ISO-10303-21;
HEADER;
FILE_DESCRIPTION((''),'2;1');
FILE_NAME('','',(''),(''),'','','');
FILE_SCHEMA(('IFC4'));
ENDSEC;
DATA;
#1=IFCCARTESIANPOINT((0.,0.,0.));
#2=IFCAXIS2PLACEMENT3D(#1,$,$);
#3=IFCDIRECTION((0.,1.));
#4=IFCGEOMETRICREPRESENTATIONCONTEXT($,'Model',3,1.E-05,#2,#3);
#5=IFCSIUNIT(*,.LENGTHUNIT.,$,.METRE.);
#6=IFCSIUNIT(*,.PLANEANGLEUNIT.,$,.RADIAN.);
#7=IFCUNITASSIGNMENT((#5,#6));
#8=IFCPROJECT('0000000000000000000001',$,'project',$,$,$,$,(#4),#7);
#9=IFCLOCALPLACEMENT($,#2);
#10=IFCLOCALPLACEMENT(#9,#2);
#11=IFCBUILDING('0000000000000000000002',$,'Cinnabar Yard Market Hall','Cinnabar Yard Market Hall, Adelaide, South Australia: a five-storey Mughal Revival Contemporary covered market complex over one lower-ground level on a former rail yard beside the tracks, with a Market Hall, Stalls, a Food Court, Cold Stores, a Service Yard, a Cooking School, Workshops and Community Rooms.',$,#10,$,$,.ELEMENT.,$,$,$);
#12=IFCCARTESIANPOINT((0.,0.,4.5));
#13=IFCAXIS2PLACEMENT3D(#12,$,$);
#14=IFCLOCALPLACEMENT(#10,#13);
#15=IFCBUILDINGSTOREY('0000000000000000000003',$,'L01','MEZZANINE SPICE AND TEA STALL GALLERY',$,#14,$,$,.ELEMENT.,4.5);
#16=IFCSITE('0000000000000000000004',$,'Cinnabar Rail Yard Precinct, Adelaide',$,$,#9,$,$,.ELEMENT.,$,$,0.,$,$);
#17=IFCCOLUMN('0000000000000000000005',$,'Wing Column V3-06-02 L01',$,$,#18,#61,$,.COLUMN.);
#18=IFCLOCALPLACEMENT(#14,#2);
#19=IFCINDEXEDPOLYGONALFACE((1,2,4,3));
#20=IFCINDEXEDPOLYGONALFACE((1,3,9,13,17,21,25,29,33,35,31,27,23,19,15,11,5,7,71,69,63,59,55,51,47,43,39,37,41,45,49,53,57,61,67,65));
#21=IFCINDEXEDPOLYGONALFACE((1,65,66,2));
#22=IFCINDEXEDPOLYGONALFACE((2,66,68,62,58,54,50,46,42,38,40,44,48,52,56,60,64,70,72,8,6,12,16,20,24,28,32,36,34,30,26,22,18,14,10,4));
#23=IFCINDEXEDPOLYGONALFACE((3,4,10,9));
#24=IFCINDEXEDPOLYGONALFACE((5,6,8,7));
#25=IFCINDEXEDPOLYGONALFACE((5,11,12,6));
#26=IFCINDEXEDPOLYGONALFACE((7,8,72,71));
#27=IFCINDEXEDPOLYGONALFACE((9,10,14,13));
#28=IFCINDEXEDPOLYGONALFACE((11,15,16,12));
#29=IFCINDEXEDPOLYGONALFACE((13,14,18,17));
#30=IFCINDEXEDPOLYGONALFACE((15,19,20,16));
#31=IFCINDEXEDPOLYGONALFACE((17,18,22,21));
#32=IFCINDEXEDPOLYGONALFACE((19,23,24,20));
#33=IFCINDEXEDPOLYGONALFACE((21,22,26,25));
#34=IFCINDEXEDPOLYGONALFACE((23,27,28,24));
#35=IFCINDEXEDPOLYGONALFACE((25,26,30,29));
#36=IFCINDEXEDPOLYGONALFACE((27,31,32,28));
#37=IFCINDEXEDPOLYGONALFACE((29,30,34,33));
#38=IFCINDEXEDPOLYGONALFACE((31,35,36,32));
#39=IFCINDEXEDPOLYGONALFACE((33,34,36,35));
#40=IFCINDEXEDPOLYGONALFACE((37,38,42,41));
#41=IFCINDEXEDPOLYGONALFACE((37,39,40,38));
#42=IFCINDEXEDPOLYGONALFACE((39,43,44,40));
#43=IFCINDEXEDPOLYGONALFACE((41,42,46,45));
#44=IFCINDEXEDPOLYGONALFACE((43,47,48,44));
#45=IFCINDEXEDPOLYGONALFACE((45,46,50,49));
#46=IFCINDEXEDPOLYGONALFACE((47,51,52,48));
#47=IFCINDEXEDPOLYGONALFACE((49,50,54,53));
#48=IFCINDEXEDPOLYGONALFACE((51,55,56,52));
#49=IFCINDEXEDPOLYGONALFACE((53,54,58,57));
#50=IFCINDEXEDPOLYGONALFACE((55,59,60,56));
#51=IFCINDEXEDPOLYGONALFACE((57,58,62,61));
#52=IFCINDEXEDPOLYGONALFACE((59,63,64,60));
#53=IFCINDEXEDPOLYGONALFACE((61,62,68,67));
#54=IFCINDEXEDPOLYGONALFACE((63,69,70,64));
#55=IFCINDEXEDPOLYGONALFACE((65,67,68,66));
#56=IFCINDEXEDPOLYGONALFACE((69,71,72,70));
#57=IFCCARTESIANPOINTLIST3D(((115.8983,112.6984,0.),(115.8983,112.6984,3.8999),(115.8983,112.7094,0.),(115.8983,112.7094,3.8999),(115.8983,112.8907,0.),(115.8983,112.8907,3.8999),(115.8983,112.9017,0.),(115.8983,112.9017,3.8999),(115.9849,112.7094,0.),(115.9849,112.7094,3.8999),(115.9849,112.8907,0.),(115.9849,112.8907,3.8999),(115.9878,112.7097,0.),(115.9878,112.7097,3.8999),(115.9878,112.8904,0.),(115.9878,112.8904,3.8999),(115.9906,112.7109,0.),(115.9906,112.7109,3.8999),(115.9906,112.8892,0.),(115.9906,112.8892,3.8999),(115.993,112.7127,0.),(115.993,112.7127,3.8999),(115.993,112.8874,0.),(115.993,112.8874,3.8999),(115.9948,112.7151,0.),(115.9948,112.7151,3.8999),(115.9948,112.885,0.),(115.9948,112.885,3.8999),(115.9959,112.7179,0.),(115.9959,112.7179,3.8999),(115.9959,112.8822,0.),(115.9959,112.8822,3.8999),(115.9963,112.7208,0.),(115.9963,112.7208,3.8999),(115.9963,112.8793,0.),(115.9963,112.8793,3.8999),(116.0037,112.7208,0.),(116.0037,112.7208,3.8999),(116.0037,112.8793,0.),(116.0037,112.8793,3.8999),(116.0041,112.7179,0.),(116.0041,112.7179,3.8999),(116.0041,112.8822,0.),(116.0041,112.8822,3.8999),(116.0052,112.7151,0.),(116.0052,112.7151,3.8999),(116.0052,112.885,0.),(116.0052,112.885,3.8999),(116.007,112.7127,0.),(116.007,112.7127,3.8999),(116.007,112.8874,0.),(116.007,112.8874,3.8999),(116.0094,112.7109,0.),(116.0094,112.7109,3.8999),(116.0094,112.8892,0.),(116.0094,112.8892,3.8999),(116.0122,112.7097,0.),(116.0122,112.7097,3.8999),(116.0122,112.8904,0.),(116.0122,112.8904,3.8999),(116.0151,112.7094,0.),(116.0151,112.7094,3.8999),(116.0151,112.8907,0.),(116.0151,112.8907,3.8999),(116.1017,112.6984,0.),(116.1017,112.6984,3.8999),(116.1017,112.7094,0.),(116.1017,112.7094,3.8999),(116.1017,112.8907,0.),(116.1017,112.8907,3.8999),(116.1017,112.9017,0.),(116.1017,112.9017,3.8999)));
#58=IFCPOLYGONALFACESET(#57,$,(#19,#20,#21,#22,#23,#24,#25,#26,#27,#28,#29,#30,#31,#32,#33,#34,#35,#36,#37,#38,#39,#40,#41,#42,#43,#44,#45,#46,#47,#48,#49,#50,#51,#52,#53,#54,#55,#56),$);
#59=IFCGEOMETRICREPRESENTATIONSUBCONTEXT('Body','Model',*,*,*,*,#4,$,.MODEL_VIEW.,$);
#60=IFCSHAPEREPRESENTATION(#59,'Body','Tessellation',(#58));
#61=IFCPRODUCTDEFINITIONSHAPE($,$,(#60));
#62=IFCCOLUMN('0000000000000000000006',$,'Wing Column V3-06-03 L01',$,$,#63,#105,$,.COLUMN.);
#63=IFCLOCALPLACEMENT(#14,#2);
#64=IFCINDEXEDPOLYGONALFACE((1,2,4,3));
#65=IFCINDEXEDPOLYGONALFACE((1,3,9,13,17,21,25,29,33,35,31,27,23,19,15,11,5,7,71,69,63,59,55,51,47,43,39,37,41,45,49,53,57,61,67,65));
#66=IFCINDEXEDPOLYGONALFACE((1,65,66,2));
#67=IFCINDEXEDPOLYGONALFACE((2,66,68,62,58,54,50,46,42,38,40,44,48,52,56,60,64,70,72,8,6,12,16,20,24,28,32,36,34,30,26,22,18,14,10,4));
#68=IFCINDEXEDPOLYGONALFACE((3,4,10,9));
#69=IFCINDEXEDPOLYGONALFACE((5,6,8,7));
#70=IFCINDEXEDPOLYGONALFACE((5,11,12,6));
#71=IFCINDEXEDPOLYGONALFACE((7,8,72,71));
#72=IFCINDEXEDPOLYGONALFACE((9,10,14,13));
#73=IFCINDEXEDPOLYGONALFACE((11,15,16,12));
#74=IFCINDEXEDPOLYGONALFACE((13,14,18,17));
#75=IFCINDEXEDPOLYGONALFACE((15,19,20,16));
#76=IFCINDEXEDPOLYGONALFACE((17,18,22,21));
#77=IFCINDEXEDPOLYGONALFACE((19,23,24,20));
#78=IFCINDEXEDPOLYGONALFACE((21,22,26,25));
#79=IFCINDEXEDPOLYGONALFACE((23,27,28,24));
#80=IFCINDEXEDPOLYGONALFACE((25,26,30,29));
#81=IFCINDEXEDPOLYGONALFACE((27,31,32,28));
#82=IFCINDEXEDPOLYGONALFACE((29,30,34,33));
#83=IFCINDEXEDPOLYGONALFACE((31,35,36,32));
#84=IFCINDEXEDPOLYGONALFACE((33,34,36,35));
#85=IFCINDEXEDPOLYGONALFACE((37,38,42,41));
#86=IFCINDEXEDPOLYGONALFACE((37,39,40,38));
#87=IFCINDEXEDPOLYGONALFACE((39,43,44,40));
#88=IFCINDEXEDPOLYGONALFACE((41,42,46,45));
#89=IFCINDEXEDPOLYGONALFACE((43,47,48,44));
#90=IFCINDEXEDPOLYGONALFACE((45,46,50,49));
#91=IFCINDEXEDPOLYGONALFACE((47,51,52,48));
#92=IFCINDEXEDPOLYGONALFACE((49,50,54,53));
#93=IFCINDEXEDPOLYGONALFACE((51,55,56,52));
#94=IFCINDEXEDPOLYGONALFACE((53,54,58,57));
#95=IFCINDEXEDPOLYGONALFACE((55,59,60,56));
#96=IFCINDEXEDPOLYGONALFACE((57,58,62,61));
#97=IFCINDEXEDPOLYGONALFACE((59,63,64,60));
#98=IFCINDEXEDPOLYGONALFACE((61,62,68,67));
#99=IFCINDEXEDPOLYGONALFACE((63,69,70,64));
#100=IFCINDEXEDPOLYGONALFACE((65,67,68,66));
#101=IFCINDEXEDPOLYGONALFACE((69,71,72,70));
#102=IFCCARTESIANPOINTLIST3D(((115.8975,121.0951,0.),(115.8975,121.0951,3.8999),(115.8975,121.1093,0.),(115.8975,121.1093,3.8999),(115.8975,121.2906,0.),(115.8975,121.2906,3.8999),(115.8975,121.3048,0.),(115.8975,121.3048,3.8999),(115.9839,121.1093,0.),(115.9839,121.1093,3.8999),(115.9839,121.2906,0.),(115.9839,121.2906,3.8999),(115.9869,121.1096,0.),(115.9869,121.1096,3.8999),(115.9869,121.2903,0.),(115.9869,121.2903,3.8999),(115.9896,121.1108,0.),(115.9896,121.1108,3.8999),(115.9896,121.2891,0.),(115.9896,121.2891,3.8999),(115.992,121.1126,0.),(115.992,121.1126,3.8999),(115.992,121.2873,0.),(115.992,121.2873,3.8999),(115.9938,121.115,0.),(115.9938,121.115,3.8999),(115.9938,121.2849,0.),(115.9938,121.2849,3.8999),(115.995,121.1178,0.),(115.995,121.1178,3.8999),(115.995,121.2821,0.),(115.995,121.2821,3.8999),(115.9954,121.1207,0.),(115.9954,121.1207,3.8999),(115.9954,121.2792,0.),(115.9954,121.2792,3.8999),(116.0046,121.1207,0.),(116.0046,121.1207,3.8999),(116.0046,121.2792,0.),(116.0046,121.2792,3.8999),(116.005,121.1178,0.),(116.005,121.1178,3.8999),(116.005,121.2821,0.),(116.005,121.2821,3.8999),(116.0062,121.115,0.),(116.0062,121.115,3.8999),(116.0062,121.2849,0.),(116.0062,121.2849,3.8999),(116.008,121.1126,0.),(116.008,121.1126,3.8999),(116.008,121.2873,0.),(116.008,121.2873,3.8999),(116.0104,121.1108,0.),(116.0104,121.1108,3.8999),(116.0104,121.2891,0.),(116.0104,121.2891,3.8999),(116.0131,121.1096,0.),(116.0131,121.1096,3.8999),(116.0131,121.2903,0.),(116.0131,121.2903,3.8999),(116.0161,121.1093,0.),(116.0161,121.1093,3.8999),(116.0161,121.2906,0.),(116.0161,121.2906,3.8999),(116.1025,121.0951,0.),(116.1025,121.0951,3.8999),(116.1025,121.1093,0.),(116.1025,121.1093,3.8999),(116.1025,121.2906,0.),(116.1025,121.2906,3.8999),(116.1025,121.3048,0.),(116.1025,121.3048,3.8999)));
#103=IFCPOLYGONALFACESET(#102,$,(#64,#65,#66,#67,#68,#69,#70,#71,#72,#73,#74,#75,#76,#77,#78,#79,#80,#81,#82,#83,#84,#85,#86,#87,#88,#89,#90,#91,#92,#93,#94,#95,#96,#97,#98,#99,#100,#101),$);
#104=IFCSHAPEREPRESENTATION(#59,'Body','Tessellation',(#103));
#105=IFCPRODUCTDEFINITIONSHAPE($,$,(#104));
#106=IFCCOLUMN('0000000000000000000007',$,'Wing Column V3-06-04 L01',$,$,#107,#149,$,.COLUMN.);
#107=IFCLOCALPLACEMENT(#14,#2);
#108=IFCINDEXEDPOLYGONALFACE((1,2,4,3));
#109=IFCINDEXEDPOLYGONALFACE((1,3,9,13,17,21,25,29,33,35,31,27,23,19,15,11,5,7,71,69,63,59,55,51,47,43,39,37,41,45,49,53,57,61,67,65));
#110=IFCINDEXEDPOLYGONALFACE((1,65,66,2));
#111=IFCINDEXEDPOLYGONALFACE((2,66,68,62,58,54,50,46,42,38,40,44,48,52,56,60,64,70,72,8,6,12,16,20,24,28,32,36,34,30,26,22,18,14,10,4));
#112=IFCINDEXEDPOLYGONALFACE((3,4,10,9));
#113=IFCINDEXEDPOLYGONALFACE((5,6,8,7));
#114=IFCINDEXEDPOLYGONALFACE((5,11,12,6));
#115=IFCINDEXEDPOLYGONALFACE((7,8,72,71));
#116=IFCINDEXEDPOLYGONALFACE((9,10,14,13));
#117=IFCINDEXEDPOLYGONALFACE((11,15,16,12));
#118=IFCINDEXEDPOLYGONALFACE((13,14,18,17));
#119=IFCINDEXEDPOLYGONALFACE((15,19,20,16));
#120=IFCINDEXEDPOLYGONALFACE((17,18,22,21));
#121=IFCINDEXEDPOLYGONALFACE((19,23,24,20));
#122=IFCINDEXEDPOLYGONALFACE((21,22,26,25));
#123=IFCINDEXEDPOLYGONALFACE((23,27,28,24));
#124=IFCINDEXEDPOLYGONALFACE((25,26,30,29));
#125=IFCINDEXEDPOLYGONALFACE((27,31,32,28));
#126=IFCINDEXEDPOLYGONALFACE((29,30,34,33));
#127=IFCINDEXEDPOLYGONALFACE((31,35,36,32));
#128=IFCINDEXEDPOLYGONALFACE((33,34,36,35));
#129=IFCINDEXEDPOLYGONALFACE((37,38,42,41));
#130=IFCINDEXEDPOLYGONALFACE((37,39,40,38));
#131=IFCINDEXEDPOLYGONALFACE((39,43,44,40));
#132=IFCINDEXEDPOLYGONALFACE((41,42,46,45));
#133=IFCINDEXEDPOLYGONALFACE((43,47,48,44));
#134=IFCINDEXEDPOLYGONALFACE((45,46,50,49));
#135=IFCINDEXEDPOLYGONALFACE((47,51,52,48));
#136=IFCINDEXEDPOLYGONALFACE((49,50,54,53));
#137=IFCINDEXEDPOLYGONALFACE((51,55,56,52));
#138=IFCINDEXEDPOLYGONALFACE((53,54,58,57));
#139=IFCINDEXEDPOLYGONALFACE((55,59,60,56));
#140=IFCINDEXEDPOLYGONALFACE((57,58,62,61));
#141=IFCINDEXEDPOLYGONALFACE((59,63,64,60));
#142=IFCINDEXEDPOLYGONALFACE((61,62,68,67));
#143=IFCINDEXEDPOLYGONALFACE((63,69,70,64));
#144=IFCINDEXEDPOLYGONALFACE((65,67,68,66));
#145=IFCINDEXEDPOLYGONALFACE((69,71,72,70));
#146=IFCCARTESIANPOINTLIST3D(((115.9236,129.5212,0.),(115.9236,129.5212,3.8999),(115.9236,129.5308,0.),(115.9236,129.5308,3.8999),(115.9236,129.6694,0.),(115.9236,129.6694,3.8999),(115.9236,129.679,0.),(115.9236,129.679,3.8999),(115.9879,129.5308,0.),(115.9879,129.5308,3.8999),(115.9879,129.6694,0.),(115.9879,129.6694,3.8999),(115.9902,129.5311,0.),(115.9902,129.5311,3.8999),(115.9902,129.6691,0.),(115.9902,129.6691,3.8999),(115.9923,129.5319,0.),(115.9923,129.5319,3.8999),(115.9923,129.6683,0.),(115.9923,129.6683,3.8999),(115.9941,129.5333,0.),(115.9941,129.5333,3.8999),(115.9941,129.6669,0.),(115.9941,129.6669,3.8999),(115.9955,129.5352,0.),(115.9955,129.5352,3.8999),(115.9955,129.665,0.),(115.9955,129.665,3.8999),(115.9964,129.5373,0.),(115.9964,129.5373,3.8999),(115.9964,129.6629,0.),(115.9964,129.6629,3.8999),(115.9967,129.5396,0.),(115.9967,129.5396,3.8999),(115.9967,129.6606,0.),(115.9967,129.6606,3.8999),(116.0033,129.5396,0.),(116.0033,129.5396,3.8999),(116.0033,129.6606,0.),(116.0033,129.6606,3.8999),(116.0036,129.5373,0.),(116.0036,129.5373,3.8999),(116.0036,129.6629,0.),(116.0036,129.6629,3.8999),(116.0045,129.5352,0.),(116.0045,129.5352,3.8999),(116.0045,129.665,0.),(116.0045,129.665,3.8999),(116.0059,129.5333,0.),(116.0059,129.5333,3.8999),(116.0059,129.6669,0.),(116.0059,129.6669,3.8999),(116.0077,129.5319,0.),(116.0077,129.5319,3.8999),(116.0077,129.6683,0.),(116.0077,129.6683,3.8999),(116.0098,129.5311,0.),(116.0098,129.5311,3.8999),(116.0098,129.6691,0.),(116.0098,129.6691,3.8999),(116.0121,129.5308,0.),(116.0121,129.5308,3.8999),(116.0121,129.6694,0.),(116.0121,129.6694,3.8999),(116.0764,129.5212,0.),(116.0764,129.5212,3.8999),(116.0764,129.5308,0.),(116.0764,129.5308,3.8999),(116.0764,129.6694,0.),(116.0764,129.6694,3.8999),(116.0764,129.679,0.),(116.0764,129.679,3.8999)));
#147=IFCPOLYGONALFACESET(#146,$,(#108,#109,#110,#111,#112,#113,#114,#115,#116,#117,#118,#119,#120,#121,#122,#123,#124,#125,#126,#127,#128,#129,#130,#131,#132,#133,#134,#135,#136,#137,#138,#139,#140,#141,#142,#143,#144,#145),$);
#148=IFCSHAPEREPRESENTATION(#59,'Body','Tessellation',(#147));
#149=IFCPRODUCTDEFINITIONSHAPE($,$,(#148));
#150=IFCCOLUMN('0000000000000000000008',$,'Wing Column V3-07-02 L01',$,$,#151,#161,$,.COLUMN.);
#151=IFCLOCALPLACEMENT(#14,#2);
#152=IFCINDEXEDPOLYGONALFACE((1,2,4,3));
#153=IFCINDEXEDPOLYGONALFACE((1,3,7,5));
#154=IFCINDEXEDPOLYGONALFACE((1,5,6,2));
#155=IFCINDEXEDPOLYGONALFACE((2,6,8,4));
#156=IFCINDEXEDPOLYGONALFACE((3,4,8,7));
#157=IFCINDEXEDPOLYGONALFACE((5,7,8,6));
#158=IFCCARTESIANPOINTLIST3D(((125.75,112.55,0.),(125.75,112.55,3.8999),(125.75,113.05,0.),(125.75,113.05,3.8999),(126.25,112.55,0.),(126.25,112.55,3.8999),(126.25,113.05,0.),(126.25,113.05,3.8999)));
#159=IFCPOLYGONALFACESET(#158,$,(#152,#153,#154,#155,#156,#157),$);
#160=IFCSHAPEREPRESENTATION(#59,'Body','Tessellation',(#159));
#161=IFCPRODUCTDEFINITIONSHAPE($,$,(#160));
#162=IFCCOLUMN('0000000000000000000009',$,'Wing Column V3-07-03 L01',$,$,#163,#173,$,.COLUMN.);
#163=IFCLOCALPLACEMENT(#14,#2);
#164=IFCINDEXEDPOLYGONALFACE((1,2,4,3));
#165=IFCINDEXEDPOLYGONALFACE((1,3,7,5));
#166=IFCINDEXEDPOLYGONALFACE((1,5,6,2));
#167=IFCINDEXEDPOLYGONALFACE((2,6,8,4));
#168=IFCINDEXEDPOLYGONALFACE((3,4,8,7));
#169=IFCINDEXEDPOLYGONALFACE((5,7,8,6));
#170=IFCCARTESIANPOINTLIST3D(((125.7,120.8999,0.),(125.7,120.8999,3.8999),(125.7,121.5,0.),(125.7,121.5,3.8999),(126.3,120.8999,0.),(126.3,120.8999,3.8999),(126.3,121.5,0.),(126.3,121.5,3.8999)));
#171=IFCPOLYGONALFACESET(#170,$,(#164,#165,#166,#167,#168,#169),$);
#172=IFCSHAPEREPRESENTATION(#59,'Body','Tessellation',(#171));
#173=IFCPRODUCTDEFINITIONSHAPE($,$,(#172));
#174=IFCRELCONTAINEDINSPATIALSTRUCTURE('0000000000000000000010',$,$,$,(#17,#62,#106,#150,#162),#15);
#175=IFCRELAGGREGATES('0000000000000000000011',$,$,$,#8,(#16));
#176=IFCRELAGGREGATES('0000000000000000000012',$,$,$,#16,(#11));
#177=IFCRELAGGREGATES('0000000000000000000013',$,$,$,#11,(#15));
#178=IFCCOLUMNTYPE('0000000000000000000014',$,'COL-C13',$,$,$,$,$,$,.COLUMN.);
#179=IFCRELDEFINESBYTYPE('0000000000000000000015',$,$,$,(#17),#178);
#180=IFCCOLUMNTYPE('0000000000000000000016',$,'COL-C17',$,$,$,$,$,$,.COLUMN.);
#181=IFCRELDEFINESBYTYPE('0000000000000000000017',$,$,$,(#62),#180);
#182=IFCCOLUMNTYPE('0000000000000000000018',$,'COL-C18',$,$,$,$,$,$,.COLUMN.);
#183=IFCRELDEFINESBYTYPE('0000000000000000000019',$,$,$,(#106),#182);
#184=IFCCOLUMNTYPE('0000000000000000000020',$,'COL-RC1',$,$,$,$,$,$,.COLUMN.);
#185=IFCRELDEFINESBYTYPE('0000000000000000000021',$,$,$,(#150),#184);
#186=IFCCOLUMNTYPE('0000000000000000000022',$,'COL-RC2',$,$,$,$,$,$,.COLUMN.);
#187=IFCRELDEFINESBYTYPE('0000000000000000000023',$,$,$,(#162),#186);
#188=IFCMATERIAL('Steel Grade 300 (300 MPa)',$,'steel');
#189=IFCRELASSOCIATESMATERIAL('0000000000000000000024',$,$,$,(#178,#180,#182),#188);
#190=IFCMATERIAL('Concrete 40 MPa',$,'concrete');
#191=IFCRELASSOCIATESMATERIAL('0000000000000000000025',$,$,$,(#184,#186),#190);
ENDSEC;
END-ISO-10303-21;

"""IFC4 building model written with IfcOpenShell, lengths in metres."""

from ifc_helpers import new_model, si_unit, direction, frame, origin, origin_2d_with_axis, place, context, subcontext, project, spatial, rectangle, i_section, extrude, material, material_profile, profile_set, type_object, element, save


model = new_model("IFC4")

# Units and contexts
model_context = context("Model", 3, precision=1e-05, world=origin(), true_north=direction((0.0, 1.0)))
body_context = subcontext(model_context, "Body", "Model", "MODEL_VIEW")
ifc_project = project(units=[si_unit("LENGTHUNIT", "METRE"), si_unit("PLANEANGLEUNIT", "RADIAN")], contexts=[model_context])

# Site, building, storey
site_placement = place(None, origin())
site = spatial("IfcSite", under=ifc_project, at=site_placement, Name="Cinnabar Rail Yard Precinct, Adelaide", CompositionType="ELEMENT", RefElevation=0.0)
building_placement = place(site_placement, origin())
building = spatial("IfcBuilding", under=site, at=building_placement, Name="Cinnabar Yard Market Hall", Description="Cinnabar Yard Market Hall, Adelaide, South Australia: a five-storey Mughal Revival Contemporary covered market complex over one lower-ground level on a former rail yard beside the tracks, with a Market Hall, Stalls, a Food Court, Cold Stores, a Service Yard, a Cooking School, Workshops and Community Rooms.", CompositionType="ELEMENT")
storey_placement = place(building_placement, frame((0.0, 0.0, 4.5)))
storey = spatial("IfcBuildingStorey", under=building, at=storey_placement, Name="L01", Description="MEZZANINE SPICE AND TEA STALL GALLERY", CompositionType="ELEMENT", Elevation=4.5)

# Columns
ifc_material_1 = material(Name="Steel Grade 300 (300 MPa)", Category="steel")
ifc_material_profile_1 = material_profile(ifc_material_1, i_section(OverallWidth=0.2034, OverallDepth=0.2034, WebThickness=0.0073, FlangeThickness=0.011, FilletRadius=0.0115, at=origin_2d_with_axis()), Name="200UC46.2")
ifc_profile_set_1 = profile_set([ifc_material_profile_1], Name="Steel Grade 300 (300 MPa)")
column_type_1 = type_object("IfcColumnType", Name="COL-C13", PredefinedType="COLUMN", material=ifc_profile_set_1)
column_1_placement = place(storey_placement, frame((116.0, 112.8, 0.0), z_axis=(0.0, 0.0, 1.0), x_axis=(1.0, 0.0, 0.0)))
element("IfcColumn", 1, at=column_1_placement, inside=storey, type_object=column_type_1, Name="Wing Column V3-06-02 L01", PredefinedType="COLUMN", context=body_context, shape_type="SweptSolid", body=[
    extrude(i_section(OverallWidth=0.2034, OverallDepth=0.2034, WebThickness=0.0073, FlangeThickness=0.011, FilletRadius=0.0115, at=origin_2d_with_axis()), origin(), (0.0, 0.0, 1.0), 3.8999),
])
ifc_material_profile_2 = material_profile(ifc_material_1, i_section(OverallWidth=0.2051, OverallDepth=0.2097, WebThickness=0.0093, FlangeThickness=0.0142, FilletRadius=0.0115, at=origin_2d_with_axis()), Name="200UC59.5")
ifc_profile_set_2 = profile_set([ifc_material_profile_2], Name="Steel Grade 300 (300 MPa)")
column_type_2 = type_object("IfcColumnType", Name="COL-C17", PredefinedType="COLUMN", material=ifc_profile_set_2)
column_2_placement = place(storey_placement, frame((116.0, 121.2, 0.0), z_axis=(0.0, 0.0, 1.0), x_axis=(1.0, 0.0, 0.0)))
element("IfcColumn", 2, at=column_2_placement, inside=storey, type_object=column_type_2, Name="Wing Column V3-06-03 L01", PredefinedType="COLUMN", context=body_context, shape_type="SweptSolid", body=[
    extrude(i_section(OverallWidth=0.2051, OverallDepth=0.2097, WebThickness=0.0093, FlangeThickness=0.0142, FilletRadius=0.0115, at=origin_2d_with_axis()), origin(), (0.0, 0.0, 1.0), 3.8999),
])
ifc_material_profile_3 = material_profile(ifc_material_1, i_section(OverallWidth=0.1528, OverallDepth=0.1577, WebThickness=0.0066, FlangeThickness=0.0095, FilletRadius=0.0088, at=origin_2d_with_axis()), Name="150UC30.0")
ifc_profile_set_3 = profile_set([ifc_material_profile_3], Name="Steel Grade 300 (300 MPa)")
column_type_3 = type_object("IfcColumnType", Name="COL-C18", PredefinedType="COLUMN", material=ifc_profile_set_3)
column_3_placement = place(storey_placement, frame((116.0, 129.6001, 0.0), z_axis=(0.0, 0.0, 1.0), x_axis=(1.0, 0.0, 0.0)))
element("IfcColumn", 3, at=column_3_placement, inside=storey, type_object=column_type_3, Name="Wing Column V3-06-04 L01", PredefinedType="COLUMN", context=body_context, shape_type="SweptSolid", body=[
    extrude(i_section(OverallWidth=0.1528, OverallDepth=0.1577, WebThickness=0.0066, FlangeThickness=0.0095, FilletRadius=0.0088, at=origin_2d_with_axis()), origin(), (0.0, 0.0, 1.0), 3.8999),
])
ifc_material_2 = material(Name="Concrete 40 MPa", Category="concrete")
ifc_material_profile_4 = material_profile(ifc_material_2, rectangle(XDim=0.5, YDim=0.5, at=origin_2d_with_axis()), Name="RC-500x500")
ifc_profile_set_4 = profile_set([ifc_material_profile_4], Name="Concrete 40 MPa")
column_type_4 = type_object("IfcColumnType", Name="COL-RC1", PredefinedType="COLUMN", material=ifc_profile_set_4)
column_4_placement = place(storey_placement, frame((126.0, 112.8, 0.0), z_axis=(0.0, 0.0, 1.0), x_axis=(1.0, 0.0, 0.0)))
element("IfcColumn", 4, at=column_4_placement, inside=storey, type_object=column_type_4, Name="Wing Column V3-07-02 L01", PredefinedType="COLUMN", context=body_context, shape_type="SweptSolid", body=[
    extrude(rectangle(XDim=0.5, YDim=0.5, at=origin_2d_with_axis()), origin(), (0.0, 0.0, 1.0), 3.8999),
])
ifc_material_profile_5 = material_profile(ifc_material_2, rectangle(XDim=0.6001, YDim=0.6001, at=origin_2d_with_axis()), Name="RC-600x600")
ifc_profile_set_5 = profile_set([ifc_material_profile_5], Name="Concrete 40 MPa")
column_type_5 = type_object("IfcColumnType", Name="COL-RC2", PredefinedType="COLUMN", material=ifc_profile_set_5)
column_5_placement = place(storey_placement, frame((126.0, 121.2, 0.0), z_axis=(0.0, 0.0, 1.0), x_axis=(1.0, 0.0, 0.0)))
element("IfcColumn", 5, at=column_5_placement, inside=storey, type_object=column_type_5, Name="Wing Column V3-07-03 L01", PredefinedType="COLUMN", context=body_context, shape_type="SweptSolid", body=[
    extrude(rectangle(XDim=0.6001, YDim=0.6001, at=origin_2d_with_axis()), origin(), (0.0, 0.0, 1.0), 3.8999),
])

save(model, "model.ifc")
